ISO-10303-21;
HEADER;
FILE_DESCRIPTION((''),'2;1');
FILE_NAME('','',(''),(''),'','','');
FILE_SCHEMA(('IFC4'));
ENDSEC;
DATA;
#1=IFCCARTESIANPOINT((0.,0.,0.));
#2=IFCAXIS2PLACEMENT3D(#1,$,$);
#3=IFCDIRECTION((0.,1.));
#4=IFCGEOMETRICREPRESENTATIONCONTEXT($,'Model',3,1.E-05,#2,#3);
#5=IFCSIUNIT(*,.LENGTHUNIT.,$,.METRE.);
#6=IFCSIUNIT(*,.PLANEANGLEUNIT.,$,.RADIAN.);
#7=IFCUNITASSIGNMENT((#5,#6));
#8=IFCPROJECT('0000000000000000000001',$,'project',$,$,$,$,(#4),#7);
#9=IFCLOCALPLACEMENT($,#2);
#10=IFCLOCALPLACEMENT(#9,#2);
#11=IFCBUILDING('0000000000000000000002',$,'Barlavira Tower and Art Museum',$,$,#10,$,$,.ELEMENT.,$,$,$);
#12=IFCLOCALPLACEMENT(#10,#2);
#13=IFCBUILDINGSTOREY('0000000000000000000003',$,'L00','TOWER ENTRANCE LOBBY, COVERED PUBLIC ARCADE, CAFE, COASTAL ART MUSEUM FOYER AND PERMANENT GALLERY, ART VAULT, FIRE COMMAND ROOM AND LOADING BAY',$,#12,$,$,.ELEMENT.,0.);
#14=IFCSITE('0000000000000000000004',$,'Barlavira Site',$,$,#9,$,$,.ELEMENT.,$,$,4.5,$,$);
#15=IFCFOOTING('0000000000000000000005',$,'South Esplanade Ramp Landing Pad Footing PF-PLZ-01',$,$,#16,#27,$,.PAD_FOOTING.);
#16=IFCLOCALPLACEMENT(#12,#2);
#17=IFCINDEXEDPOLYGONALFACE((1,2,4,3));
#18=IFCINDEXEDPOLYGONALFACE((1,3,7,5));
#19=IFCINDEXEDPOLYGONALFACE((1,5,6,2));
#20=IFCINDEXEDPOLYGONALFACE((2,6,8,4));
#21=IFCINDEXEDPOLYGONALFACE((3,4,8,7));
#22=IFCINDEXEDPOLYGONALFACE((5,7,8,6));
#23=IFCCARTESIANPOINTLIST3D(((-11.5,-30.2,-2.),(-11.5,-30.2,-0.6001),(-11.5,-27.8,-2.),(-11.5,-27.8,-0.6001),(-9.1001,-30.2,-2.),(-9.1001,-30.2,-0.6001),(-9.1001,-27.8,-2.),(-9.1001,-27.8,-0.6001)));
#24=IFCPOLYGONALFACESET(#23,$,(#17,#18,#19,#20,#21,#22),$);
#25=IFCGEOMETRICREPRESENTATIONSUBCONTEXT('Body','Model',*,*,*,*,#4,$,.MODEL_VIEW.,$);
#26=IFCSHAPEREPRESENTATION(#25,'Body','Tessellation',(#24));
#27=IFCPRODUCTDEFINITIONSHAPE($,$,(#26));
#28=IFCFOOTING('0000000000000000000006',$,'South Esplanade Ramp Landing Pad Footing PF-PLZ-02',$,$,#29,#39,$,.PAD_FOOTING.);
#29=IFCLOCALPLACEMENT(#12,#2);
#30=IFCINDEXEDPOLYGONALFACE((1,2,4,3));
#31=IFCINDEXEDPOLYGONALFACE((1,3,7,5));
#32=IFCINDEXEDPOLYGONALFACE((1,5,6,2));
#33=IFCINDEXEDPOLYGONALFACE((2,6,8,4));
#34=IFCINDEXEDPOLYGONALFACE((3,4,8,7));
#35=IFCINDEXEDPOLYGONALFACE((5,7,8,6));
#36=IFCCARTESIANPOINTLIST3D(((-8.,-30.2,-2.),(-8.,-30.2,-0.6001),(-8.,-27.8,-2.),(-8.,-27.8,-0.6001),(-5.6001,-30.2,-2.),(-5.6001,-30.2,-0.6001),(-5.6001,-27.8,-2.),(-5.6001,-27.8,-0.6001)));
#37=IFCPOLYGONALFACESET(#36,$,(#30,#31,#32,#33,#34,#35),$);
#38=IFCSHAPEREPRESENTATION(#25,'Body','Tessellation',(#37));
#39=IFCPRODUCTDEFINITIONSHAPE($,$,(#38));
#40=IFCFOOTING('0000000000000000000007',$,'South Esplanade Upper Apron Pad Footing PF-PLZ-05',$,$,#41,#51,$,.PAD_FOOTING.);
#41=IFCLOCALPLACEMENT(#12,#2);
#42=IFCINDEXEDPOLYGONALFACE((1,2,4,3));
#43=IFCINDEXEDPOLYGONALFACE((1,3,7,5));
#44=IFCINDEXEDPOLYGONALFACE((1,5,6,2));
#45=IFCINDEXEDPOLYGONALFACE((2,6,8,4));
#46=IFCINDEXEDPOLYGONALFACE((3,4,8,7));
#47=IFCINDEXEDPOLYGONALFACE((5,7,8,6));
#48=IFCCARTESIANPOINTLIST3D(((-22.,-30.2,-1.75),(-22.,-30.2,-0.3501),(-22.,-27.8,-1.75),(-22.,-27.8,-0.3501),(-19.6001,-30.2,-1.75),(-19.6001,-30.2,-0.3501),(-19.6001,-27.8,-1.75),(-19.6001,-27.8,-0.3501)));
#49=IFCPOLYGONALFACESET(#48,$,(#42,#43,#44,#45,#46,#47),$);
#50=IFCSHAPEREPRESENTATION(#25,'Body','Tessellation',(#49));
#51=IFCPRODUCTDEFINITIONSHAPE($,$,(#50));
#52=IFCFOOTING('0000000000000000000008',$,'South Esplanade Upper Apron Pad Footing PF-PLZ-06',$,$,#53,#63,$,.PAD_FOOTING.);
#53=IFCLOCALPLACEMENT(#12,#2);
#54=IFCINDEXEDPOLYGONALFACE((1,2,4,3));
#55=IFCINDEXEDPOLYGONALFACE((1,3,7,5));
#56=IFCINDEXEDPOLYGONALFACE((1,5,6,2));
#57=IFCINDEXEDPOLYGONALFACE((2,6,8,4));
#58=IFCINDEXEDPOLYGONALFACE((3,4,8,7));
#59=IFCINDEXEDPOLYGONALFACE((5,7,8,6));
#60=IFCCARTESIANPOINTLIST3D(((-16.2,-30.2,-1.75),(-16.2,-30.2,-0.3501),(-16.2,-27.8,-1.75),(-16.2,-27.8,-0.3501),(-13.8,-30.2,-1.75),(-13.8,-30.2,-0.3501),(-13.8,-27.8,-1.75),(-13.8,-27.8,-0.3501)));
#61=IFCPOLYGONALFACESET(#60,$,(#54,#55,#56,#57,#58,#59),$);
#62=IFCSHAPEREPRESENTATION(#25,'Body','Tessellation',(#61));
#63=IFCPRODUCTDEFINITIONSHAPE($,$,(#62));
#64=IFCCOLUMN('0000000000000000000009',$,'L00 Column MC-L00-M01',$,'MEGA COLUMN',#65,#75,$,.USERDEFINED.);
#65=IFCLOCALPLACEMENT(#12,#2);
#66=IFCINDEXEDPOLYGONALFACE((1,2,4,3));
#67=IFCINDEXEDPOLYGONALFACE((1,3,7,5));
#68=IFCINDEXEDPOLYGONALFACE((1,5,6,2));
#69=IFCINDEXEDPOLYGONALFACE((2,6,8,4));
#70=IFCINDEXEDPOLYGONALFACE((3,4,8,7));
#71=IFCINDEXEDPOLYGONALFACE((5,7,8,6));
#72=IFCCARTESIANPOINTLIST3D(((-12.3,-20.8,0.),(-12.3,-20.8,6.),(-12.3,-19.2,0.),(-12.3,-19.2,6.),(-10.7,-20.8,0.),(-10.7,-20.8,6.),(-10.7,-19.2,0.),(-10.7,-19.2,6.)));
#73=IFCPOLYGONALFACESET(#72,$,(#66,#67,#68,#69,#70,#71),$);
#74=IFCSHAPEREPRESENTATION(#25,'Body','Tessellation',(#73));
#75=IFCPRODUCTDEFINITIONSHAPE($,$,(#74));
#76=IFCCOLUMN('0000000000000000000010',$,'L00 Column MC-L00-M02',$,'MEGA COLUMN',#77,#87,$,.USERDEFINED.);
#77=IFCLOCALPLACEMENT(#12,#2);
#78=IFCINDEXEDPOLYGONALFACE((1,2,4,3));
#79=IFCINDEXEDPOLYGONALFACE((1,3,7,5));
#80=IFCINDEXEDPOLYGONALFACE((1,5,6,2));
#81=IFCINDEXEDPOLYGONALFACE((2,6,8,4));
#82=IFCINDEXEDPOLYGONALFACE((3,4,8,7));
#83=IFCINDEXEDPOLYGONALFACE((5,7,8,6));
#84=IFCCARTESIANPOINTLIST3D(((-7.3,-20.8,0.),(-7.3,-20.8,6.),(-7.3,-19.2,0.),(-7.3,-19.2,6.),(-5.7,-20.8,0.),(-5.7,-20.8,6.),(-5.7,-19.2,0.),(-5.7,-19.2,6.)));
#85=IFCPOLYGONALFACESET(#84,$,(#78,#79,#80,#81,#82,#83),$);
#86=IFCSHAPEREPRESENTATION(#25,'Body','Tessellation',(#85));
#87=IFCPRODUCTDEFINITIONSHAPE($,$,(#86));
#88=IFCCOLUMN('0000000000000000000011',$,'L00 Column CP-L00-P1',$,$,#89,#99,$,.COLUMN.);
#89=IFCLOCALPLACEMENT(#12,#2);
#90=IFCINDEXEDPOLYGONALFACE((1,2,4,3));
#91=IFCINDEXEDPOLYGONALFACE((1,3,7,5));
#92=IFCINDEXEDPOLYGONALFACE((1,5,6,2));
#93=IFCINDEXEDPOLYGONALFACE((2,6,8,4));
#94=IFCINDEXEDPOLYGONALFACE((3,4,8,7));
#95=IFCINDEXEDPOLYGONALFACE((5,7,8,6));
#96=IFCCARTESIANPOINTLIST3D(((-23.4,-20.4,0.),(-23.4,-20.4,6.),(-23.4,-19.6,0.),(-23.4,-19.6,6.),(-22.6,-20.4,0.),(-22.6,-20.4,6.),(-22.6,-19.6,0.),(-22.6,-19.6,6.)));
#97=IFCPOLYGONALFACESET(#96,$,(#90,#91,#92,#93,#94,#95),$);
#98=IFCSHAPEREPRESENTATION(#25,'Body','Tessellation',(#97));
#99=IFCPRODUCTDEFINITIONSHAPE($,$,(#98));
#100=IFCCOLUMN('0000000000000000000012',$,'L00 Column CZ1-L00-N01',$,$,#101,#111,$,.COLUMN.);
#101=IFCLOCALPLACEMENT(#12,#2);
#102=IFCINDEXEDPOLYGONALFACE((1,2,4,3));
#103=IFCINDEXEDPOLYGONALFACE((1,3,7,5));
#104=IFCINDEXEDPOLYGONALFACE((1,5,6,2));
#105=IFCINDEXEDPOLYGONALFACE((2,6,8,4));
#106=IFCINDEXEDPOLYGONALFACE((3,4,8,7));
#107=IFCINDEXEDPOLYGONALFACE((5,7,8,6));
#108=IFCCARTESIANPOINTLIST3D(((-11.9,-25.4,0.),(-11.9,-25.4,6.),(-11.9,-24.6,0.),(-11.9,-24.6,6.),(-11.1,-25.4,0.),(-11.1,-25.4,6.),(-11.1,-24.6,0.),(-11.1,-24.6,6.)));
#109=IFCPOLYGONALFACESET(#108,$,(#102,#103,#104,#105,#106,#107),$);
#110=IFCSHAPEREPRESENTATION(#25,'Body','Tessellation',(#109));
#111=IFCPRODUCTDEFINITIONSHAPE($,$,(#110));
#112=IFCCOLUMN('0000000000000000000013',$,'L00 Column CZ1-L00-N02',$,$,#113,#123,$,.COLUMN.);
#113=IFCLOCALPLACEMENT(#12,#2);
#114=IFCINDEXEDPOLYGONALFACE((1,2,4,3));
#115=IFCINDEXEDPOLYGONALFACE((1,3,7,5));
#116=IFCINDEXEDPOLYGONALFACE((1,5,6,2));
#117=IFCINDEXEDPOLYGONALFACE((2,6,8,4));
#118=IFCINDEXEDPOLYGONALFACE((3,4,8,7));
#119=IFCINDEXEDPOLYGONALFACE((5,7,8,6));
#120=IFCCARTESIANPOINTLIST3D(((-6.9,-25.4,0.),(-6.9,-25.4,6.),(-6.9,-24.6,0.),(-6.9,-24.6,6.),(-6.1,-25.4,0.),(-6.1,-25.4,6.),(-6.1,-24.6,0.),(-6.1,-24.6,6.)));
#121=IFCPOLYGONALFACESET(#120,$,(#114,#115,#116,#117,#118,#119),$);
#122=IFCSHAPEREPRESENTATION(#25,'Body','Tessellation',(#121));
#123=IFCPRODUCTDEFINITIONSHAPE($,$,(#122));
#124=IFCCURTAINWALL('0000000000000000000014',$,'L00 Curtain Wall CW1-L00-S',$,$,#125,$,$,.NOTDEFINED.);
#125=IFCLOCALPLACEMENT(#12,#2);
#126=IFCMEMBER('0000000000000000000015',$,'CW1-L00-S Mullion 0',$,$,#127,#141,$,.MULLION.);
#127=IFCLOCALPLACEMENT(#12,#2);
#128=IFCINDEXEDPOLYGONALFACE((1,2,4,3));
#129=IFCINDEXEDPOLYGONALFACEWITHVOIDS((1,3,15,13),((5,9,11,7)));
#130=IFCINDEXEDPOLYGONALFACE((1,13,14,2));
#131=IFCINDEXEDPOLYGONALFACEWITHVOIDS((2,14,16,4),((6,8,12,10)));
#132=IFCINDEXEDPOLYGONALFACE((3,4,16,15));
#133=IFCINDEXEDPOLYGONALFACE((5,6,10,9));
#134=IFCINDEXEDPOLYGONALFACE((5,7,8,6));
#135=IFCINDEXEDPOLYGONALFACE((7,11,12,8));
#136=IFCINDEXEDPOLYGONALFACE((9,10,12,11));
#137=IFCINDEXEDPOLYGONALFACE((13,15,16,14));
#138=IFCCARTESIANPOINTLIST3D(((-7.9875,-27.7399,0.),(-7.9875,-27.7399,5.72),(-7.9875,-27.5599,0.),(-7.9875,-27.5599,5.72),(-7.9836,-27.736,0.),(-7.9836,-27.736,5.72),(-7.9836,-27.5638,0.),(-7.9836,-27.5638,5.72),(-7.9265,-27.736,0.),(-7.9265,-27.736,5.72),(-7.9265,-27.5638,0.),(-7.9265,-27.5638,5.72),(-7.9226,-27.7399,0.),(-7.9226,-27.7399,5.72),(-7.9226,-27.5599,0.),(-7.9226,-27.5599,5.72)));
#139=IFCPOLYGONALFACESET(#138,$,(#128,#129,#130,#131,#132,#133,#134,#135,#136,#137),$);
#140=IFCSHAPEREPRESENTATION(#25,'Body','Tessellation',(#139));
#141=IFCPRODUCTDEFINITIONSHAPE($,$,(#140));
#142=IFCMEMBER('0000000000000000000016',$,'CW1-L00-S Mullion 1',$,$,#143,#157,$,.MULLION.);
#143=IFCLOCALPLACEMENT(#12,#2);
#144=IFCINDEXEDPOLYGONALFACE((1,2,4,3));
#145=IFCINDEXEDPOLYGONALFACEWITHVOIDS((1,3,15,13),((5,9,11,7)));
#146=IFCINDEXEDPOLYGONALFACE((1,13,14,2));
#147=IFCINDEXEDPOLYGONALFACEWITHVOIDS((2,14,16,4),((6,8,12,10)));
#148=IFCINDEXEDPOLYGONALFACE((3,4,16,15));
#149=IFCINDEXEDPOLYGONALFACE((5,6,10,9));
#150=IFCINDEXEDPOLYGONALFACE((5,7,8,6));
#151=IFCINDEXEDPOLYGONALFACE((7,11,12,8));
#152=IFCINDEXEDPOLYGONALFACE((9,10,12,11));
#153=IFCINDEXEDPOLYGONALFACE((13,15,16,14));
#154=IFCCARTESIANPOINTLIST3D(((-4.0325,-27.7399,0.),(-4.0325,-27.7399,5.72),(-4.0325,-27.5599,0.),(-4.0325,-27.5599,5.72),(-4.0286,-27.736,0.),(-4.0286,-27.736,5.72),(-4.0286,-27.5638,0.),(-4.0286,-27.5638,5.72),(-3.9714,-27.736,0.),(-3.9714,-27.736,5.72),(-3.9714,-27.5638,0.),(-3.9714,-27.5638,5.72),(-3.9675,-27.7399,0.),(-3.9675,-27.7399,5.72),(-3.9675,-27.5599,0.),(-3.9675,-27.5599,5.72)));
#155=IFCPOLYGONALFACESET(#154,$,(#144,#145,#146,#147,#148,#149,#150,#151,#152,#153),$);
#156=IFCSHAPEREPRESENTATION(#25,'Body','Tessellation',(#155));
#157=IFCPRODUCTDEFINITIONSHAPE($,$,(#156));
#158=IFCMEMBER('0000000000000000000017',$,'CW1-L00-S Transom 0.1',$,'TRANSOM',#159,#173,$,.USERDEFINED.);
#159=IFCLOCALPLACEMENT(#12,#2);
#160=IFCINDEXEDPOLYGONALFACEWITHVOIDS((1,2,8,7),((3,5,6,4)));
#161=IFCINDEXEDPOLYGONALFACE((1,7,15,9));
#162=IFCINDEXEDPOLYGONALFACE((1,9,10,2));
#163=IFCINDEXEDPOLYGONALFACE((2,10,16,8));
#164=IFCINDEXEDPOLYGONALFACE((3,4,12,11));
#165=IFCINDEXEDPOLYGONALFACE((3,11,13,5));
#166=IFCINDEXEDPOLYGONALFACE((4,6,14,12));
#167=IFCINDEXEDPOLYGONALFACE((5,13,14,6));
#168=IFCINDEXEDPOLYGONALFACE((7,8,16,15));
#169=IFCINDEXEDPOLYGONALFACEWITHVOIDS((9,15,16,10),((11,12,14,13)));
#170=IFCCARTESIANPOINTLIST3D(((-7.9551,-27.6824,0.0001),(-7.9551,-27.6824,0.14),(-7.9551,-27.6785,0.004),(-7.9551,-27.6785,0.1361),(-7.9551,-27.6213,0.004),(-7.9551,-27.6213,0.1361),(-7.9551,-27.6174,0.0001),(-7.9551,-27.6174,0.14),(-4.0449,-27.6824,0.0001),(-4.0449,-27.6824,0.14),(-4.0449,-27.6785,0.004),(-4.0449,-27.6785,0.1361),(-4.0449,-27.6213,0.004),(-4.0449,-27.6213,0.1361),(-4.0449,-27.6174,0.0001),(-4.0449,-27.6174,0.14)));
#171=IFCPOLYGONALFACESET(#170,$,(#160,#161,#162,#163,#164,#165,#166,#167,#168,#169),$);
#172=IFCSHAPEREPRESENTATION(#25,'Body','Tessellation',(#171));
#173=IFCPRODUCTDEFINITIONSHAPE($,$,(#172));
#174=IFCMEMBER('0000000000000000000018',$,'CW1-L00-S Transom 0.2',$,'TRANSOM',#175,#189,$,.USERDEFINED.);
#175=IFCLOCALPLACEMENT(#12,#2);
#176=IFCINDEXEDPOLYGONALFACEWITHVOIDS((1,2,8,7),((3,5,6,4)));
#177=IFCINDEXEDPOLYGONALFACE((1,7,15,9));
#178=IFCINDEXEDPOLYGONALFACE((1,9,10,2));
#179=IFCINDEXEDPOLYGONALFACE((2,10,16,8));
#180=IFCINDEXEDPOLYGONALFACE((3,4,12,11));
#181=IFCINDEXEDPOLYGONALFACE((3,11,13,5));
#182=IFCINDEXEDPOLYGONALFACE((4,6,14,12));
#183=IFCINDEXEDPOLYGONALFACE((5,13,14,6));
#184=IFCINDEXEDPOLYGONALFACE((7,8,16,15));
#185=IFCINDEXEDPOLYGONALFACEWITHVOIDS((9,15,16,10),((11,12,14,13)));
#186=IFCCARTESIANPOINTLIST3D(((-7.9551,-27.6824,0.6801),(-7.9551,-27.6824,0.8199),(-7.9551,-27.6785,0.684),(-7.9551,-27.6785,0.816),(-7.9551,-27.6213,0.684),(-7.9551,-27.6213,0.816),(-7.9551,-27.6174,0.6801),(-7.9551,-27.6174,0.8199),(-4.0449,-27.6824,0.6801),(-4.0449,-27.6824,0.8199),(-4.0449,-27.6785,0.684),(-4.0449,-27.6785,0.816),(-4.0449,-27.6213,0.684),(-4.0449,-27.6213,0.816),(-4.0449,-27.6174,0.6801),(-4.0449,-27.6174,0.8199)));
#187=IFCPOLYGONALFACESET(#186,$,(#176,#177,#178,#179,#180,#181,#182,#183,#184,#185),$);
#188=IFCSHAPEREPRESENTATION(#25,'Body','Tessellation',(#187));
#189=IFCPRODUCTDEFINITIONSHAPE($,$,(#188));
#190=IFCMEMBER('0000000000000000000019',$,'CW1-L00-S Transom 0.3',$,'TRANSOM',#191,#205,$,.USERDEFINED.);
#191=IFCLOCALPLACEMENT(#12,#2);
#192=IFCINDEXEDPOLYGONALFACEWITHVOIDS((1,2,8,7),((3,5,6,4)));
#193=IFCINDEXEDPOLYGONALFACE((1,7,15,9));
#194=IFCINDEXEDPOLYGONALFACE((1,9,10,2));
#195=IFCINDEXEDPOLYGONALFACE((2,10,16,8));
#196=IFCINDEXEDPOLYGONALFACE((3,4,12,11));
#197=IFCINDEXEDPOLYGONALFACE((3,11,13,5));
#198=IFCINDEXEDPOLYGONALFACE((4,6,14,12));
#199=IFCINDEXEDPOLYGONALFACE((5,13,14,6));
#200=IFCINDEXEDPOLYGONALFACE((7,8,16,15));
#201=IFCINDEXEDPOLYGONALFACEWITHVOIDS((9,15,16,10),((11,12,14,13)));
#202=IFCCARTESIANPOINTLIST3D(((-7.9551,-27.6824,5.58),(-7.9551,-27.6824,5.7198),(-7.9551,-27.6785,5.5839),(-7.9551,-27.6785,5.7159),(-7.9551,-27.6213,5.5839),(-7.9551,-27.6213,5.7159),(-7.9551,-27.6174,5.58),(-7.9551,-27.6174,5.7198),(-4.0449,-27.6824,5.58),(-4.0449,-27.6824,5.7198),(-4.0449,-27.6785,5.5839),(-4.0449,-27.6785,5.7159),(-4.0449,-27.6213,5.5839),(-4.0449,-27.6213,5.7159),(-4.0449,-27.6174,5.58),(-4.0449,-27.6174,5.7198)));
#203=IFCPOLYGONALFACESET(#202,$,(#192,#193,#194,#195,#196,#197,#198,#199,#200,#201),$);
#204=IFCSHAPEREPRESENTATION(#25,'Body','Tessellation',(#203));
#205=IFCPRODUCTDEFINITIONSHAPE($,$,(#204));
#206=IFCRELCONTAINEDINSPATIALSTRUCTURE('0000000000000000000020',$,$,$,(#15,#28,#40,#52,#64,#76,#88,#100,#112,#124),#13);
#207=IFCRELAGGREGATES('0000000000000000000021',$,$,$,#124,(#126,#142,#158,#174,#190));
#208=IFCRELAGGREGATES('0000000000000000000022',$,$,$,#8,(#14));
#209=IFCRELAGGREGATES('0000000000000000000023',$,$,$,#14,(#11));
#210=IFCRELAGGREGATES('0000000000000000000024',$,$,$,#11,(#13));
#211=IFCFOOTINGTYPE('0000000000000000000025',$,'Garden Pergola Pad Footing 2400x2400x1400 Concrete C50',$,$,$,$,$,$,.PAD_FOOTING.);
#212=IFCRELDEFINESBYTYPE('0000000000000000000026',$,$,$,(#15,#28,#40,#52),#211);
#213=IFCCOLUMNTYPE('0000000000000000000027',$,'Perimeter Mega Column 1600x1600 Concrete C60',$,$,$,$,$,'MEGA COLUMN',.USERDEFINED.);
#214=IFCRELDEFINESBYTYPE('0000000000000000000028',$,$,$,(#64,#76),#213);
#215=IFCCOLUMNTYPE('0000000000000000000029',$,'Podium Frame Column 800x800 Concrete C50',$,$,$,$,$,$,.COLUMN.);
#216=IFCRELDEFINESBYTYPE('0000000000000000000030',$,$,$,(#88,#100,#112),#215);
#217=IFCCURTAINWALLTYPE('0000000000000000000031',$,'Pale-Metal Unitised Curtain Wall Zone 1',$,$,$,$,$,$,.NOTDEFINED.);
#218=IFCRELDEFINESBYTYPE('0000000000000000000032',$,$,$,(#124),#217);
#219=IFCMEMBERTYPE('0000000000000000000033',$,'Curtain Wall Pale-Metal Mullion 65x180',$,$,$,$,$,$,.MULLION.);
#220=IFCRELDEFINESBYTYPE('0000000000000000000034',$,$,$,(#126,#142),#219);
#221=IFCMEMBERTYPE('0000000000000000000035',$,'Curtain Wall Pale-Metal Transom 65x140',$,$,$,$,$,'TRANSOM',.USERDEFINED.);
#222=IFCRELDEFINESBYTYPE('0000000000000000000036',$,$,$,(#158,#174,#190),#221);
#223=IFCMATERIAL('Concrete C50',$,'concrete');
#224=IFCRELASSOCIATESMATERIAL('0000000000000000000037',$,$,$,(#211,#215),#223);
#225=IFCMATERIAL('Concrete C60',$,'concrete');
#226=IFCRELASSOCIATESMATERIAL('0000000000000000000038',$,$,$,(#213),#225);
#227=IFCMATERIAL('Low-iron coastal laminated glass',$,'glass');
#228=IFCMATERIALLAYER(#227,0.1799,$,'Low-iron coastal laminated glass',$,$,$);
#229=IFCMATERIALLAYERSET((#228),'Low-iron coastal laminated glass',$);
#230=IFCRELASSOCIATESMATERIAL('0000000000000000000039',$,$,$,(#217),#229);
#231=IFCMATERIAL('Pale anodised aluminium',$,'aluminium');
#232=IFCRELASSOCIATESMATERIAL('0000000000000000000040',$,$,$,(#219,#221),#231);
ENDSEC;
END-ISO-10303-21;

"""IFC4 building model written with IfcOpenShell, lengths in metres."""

from ifc_helpers import new_model, si_unit, direction, frame, origin, origin_2d, place, context, subcontext, project, spatial, rectangle, hollow_rectangle, extrude, material, layer, layer_set, material_profile, profile_set, type_object, element, aggregate, save


model = new_model("IFC4")

# Units and contexts
model_context = context("Model", 3, precision=1e-05, world=origin(), true_north=direction((0.0, 1.0)))
body_context = subcontext(model_context, "Body", "Model", "MODEL_VIEW")
ifc_project = project(units=[si_unit("LENGTHUNIT", "METRE"), si_unit("PLANEANGLEUNIT", "RADIAN")], contexts=[model_context])

# Site, building, storey
site_placement = place(None, origin())
site = spatial("IfcSite", under=ifc_project, at=site_placement, Name="Barlavira Site", CompositionType="ELEMENT", RefElevation=4.5)
building_placement = place(site_placement, origin())
building = spatial("IfcBuilding", under=site, at=building_placement, Name="Barlavira Tower and Art Museum", CompositionType="ELEMENT")
storey_placement = place(building_placement, origin())
storey = spatial("IfcBuildingStorey", under=building, at=storey_placement, Name="L00", Description="TOWER ENTRANCE LOBBY, COVERED PUBLIC ARCADE, CAFE, COASTAL ART MUSEUM FOYER AND PERMANENT GALLERY, ART VAULT, FIRE COMMAND ROOM AND LOADING BAY", CompositionType="ELEMENT", Elevation=0.0)

# Footings
ifc_material_1 = material(Name="Concrete C50", Category="concrete")
footing_type = type_object("IfcFootingType", Name="Garden Pergola Pad Footing 2400x2400x1400 Concrete C50", PredefinedType="PAD_FOOTING", material=ifc_material_1)
for number, where, z_axis, x_axis, name in (
    (1, (-10.3, -29.0, -2.0), (0.0, 0.0, 1.0), (1.0, 0.0, 0.0), "South Esplanade Ramp Landing Pad Footing PF-PLZ-01"),
    (2, (-6.8, -29.0, -2.0), (0.0, 0.0, 1.0), (1.0, 0.0, 0.0), "South Esplanade Ramp Landing Pad Footing PF-PLZ-02"),
    (3, (-20.8, -29.0, -1.75), (0.0, 0.0, 1.0), (1.0, 0.0, 0.0), "South Esplanade Upper Apron Pad Footing PF-PLZ-05"),
    (4, (-15.0, -29.0, -1.75), (0.0, 0.0, 1.0), (1.0, 0.0, 0.0), "South Esplanade Upper Apron Pad Footing PF-PLZ-06"),
):
    element("IfcFooting", number, at=place(storey_placement, frame(where, z_axis=z_axis, x_axis=x_axis)), inside=storey, type_object=footing_type, Name=name, PredefinedType="PAD_FOOTING", context=body_context, shape_type="SweptSolid", body=[
        extrude(rectangle(XDim=2.3999, YDim=2.3999, at=origin_2d()), origin(), (0.0, 0.0, 1.0), 1.3999),
    ])

# Columns
ifc_material_2 = material(Name="Concrete C60", Category="concrete")
ifc_material_profile_1 = material_profile(ifc_material_2, rectangle(XDim=1.6001, YDim=1.6001, at=origin_2d()), Name="RC-MCOL 1600x1600")
ifc_profile_set_1 = profile_set([ifc_material_profile_1], Name="Concrete C60")
column_type_1 = type_object("IfcColumnType", Name="Perimeter Mega Column 1600x1600 Concrete C60", ElementType="MEGA COLUMN", PredefinedType="USERDEFINED", material=ifc_profile_set_1)
for number, where, z_axis, x_axis, name in (
    (5, (-11.5, -20.0, 0.0), (0.0, 0.0, 1.0), (1.0, 0.0, 0.0), "L00 Column MC-L00-M01"),
    (6, (-6.5, -20.0, 0.0), (0.0, 0.0, 1.0), (1.0, 0.0, 0.0), "L00 Column MC-L00-M02"),
):
    element("IfcColumn", number, at=place(storey_placement, frame(where, z_axis=z_axis, x_axis=x_axis)), inside=storey, type_object=column_type_1, Name=name, ObjectType="MEGA COLUMN", PredefinedType="USERDEFINED", context=body_context, shape_type="SweptSolid", body=[
        extrude(rectangle(XDim=1.6001, YDim=1.6001, at=origin_2d()), origin(), (0.0, 0.0, 1.0), 6.0),
    ])
ifc_material_profile_2 = material_profile(ifc_material_1, rectangle(XDim=0.8, YDim=0.8, at=origin_2d()), Name="RC-COL 800x800")
ifc_profile_set_2 = profile_set([ifc_material_profile_2], Name="Concrete C50")
column_type_2 = type_object("IfcColumnType", Name="Podium Frame Column 800x800 Concrete C50", PredefinedType="COLUMN", material=ifc_profile_set_2)
for number, where, z_axis, x_axis, name in (
    (7, (-23.0, -20.0, 0.0), (0.0, 0.0, 1.0), (1.0, 0.0, 0.0), "L00 Column CP-L00-P1"),
    (8, (-11.5, -25.0, 0.0), (0.0, 0.0, 1.0), (1.0, 0.0, 0.0), "L00 Column CZ1-L00-N01"),
    (9, (-6.5, -25.0, 0.0), (0.0, 0.0, 1.0), (1.0, 0.0, 0.0), "L00 Column CZ1-L00-N02"),
):
    element("IfcColumn", number, at=place(storey_placement, frame(where, z_axis=z_axis, x_axis=x_axis)), inside=storey, type_object=column_type_2, Name=name, PredefinedType="COLUMN", context=body_context, shape_type="SweptSolid", body=[
        extrude(rectangle(XDim=0.8, YDim=0.8, at=origin_2d()), origin(), (0.0, 0.0, 1.0), 6.0),
    ])

# Curtain wall, members
ifc_material_3 = material(Name="Low-iron coastal laminated glass", Category="glass")
ifc_layer_1 = layer(ifc_material_3, 0.1799, Name="Low-iron coastal laminated glass")
ifc_layer_set_1 = layer_set([ifc_layer_1], Name="Low-iron coastal laminated glass")
curtain_wall_type = type_object("IfcCurtainWallType", Name="Pale-Metal Unitised Curtain Wall Zone 1", PredefinedType="NOTDEFINED", material=ifc_layer_set_1)
curtain_wall_placement = place(storey_placement, origin())
curtain_wall = element("IfcCurtainWall", 10, at=curtain_wall_placement, inside=storey, type_object=curtain_wall_type, Name="L00 Curtain Wall CW1-L00-S", PredefinedType="NOTDEFINED")
ifc_material_4 = material(Name="Pale anodised aluminium", Category="aluminium")
ifc_material_profile_3 = material_profile(ifc_material_4, hollow_rectangle(XDim=0.0649, YDim=0.1799, WallThickness=0.0039, at=origin_2d()), Name="ALU-MULL 65x180x4")
ifc_profile_set_3 = profile_set([ifc_material_profile_3], Name="Pale anodised aluminium")
member_type_1 = type_object("IfcMemberType", Name="Curtain Wall Pale-Metal Mullion 65x180", PredefinedType="MULLION", material=ifc_profile_set_3)
member_1_placement = place(storey_placement, frame((-7.9551, -27.6499, 0.0), z_axis=(0.0, 0.0, 1.0), x_axis=(1.0, 0.0, 0.0)))
member_1 = element("IfcMember", 11, at=member_1_placement, type_object=member_type_1, Name="CW1-L00-S Mullion 0", PredefinedType="MULLION", context=body_context, shape_type="SweptSolid", body=[
    extrude(hollow_rectangle(XDim=0.0649, YDim=0.1799, WallThickness=0.0039, at=origin_2d()), origin(), (0.0, 0.0, 1.0), 5.72),
])
member_2_placement = place(storey_placement, frame((-4.0, -27.6499, 0.0), z_axis=(0.0, 0.0, 1.0), x_axis=(1.0, 0.0, 0.0)))
member_2 = element("IfcMember", 12, at=member_2_placement, type_object=member_type_1, Name="CW1-L00-S Mullion 1", PredefinedType="MULLION", context=body_context, shape_type="SweptSolid", body=[
    extrude(hollow_rectangle(XDim=0.0649, YDim=0.1799, WallThickness=0.0039, at=origin_2d()), origin(), (0.0, 0.0, 1.0), 5.72),
])
ifc_material_profile_4 = material_profile(ifc_material_4, hollow_rectangle(XDim=0.0649, YDim=0.1399, WallThickness=0.0039, at=origin_2d()), Name="ALU-TRAN 65x140x4")
ifc_profile_set_4 = profile_set([ifc_material_profile_4], Name="Pale anodised aluminium")
member_type_2 = type_object("IfcMemberType", Name="Curtain Wall Pale-Metal Transom 65x140", ElementType="TRANSOM", PredefinedType="USERDEFINED", material=ifc_profile_set_4)
member_3_placement = place(storey_placement, frame((-7.9551, -27.6499, 0.0701), z_axis=(1.0, 0.0, 0.0), x_axis=(0.0, 1.0, 0.0)))
member_3 = element("IfcMember", 13, at=member_3_placement, type_object=member_type_2, Name="CW1-L00-S Transom 0.1", ObjectType="TRANSOM", PredefinedType="USERDEFINED", context=body_context, shape_type="SweptSolid", body=[
    extrude(hollow_rectangle(XDim=0.0649, YDim=0.1399, WallThickness=0.0039, at=origin_2d()), origin(), (0.0, 0.0, 1.0), 3.9102),
])
member_4_placement = place(storey_placement, frame((-7.9551, -27.6499, 0.75), z_axis=(1.0, 0.0, 0.0), x_axis=(0.0, 1.0, 0.0)))
member_4 = element("IfcMember", 14, at=member_4_placement, type_object=member_type_2, Name="CW1-L00-S Transom 0.2", ObjectType="TRANSOM", PredefinedType="USERDEFINED", context=body_context, shape_type="SweptSolid", body=[
    extrude(hollow_rectangle(XDim=0.0649, YDim=0.1399, WallThickness=0.0039, at=origin_2d()), origin(), (0.0, 0.0, 1.0), 3.9102),
])
member_5_placement = place(storey_placement, frame((-7.9551, -27.6499, 5.6499), z_axis=(1.0, 0.0, 0.0), x_axis=(0.0, 1.0, 0.0)))
member_5 = element("IfcMember", 15, at=member_5_placement, type_object=member_type_2, Name="CW1-L00-S Transom 0.3", ObjectType="TRANSOM", PredefinedType="USERDEFINED", context=body_context, shape_type="SweptSolid", body=[
    extrude(hollow_rectangle(XDim=0.0649, YDim=0.1399, WallThickness=0.0039, at=origin_2d()), origin(), (0.0, 0.0, 1.0), 3.9102),
])

aggregate(curtain_wall, [member_1, member_2, member_3, member_4, member_5])

save(model, "model.ifc")
